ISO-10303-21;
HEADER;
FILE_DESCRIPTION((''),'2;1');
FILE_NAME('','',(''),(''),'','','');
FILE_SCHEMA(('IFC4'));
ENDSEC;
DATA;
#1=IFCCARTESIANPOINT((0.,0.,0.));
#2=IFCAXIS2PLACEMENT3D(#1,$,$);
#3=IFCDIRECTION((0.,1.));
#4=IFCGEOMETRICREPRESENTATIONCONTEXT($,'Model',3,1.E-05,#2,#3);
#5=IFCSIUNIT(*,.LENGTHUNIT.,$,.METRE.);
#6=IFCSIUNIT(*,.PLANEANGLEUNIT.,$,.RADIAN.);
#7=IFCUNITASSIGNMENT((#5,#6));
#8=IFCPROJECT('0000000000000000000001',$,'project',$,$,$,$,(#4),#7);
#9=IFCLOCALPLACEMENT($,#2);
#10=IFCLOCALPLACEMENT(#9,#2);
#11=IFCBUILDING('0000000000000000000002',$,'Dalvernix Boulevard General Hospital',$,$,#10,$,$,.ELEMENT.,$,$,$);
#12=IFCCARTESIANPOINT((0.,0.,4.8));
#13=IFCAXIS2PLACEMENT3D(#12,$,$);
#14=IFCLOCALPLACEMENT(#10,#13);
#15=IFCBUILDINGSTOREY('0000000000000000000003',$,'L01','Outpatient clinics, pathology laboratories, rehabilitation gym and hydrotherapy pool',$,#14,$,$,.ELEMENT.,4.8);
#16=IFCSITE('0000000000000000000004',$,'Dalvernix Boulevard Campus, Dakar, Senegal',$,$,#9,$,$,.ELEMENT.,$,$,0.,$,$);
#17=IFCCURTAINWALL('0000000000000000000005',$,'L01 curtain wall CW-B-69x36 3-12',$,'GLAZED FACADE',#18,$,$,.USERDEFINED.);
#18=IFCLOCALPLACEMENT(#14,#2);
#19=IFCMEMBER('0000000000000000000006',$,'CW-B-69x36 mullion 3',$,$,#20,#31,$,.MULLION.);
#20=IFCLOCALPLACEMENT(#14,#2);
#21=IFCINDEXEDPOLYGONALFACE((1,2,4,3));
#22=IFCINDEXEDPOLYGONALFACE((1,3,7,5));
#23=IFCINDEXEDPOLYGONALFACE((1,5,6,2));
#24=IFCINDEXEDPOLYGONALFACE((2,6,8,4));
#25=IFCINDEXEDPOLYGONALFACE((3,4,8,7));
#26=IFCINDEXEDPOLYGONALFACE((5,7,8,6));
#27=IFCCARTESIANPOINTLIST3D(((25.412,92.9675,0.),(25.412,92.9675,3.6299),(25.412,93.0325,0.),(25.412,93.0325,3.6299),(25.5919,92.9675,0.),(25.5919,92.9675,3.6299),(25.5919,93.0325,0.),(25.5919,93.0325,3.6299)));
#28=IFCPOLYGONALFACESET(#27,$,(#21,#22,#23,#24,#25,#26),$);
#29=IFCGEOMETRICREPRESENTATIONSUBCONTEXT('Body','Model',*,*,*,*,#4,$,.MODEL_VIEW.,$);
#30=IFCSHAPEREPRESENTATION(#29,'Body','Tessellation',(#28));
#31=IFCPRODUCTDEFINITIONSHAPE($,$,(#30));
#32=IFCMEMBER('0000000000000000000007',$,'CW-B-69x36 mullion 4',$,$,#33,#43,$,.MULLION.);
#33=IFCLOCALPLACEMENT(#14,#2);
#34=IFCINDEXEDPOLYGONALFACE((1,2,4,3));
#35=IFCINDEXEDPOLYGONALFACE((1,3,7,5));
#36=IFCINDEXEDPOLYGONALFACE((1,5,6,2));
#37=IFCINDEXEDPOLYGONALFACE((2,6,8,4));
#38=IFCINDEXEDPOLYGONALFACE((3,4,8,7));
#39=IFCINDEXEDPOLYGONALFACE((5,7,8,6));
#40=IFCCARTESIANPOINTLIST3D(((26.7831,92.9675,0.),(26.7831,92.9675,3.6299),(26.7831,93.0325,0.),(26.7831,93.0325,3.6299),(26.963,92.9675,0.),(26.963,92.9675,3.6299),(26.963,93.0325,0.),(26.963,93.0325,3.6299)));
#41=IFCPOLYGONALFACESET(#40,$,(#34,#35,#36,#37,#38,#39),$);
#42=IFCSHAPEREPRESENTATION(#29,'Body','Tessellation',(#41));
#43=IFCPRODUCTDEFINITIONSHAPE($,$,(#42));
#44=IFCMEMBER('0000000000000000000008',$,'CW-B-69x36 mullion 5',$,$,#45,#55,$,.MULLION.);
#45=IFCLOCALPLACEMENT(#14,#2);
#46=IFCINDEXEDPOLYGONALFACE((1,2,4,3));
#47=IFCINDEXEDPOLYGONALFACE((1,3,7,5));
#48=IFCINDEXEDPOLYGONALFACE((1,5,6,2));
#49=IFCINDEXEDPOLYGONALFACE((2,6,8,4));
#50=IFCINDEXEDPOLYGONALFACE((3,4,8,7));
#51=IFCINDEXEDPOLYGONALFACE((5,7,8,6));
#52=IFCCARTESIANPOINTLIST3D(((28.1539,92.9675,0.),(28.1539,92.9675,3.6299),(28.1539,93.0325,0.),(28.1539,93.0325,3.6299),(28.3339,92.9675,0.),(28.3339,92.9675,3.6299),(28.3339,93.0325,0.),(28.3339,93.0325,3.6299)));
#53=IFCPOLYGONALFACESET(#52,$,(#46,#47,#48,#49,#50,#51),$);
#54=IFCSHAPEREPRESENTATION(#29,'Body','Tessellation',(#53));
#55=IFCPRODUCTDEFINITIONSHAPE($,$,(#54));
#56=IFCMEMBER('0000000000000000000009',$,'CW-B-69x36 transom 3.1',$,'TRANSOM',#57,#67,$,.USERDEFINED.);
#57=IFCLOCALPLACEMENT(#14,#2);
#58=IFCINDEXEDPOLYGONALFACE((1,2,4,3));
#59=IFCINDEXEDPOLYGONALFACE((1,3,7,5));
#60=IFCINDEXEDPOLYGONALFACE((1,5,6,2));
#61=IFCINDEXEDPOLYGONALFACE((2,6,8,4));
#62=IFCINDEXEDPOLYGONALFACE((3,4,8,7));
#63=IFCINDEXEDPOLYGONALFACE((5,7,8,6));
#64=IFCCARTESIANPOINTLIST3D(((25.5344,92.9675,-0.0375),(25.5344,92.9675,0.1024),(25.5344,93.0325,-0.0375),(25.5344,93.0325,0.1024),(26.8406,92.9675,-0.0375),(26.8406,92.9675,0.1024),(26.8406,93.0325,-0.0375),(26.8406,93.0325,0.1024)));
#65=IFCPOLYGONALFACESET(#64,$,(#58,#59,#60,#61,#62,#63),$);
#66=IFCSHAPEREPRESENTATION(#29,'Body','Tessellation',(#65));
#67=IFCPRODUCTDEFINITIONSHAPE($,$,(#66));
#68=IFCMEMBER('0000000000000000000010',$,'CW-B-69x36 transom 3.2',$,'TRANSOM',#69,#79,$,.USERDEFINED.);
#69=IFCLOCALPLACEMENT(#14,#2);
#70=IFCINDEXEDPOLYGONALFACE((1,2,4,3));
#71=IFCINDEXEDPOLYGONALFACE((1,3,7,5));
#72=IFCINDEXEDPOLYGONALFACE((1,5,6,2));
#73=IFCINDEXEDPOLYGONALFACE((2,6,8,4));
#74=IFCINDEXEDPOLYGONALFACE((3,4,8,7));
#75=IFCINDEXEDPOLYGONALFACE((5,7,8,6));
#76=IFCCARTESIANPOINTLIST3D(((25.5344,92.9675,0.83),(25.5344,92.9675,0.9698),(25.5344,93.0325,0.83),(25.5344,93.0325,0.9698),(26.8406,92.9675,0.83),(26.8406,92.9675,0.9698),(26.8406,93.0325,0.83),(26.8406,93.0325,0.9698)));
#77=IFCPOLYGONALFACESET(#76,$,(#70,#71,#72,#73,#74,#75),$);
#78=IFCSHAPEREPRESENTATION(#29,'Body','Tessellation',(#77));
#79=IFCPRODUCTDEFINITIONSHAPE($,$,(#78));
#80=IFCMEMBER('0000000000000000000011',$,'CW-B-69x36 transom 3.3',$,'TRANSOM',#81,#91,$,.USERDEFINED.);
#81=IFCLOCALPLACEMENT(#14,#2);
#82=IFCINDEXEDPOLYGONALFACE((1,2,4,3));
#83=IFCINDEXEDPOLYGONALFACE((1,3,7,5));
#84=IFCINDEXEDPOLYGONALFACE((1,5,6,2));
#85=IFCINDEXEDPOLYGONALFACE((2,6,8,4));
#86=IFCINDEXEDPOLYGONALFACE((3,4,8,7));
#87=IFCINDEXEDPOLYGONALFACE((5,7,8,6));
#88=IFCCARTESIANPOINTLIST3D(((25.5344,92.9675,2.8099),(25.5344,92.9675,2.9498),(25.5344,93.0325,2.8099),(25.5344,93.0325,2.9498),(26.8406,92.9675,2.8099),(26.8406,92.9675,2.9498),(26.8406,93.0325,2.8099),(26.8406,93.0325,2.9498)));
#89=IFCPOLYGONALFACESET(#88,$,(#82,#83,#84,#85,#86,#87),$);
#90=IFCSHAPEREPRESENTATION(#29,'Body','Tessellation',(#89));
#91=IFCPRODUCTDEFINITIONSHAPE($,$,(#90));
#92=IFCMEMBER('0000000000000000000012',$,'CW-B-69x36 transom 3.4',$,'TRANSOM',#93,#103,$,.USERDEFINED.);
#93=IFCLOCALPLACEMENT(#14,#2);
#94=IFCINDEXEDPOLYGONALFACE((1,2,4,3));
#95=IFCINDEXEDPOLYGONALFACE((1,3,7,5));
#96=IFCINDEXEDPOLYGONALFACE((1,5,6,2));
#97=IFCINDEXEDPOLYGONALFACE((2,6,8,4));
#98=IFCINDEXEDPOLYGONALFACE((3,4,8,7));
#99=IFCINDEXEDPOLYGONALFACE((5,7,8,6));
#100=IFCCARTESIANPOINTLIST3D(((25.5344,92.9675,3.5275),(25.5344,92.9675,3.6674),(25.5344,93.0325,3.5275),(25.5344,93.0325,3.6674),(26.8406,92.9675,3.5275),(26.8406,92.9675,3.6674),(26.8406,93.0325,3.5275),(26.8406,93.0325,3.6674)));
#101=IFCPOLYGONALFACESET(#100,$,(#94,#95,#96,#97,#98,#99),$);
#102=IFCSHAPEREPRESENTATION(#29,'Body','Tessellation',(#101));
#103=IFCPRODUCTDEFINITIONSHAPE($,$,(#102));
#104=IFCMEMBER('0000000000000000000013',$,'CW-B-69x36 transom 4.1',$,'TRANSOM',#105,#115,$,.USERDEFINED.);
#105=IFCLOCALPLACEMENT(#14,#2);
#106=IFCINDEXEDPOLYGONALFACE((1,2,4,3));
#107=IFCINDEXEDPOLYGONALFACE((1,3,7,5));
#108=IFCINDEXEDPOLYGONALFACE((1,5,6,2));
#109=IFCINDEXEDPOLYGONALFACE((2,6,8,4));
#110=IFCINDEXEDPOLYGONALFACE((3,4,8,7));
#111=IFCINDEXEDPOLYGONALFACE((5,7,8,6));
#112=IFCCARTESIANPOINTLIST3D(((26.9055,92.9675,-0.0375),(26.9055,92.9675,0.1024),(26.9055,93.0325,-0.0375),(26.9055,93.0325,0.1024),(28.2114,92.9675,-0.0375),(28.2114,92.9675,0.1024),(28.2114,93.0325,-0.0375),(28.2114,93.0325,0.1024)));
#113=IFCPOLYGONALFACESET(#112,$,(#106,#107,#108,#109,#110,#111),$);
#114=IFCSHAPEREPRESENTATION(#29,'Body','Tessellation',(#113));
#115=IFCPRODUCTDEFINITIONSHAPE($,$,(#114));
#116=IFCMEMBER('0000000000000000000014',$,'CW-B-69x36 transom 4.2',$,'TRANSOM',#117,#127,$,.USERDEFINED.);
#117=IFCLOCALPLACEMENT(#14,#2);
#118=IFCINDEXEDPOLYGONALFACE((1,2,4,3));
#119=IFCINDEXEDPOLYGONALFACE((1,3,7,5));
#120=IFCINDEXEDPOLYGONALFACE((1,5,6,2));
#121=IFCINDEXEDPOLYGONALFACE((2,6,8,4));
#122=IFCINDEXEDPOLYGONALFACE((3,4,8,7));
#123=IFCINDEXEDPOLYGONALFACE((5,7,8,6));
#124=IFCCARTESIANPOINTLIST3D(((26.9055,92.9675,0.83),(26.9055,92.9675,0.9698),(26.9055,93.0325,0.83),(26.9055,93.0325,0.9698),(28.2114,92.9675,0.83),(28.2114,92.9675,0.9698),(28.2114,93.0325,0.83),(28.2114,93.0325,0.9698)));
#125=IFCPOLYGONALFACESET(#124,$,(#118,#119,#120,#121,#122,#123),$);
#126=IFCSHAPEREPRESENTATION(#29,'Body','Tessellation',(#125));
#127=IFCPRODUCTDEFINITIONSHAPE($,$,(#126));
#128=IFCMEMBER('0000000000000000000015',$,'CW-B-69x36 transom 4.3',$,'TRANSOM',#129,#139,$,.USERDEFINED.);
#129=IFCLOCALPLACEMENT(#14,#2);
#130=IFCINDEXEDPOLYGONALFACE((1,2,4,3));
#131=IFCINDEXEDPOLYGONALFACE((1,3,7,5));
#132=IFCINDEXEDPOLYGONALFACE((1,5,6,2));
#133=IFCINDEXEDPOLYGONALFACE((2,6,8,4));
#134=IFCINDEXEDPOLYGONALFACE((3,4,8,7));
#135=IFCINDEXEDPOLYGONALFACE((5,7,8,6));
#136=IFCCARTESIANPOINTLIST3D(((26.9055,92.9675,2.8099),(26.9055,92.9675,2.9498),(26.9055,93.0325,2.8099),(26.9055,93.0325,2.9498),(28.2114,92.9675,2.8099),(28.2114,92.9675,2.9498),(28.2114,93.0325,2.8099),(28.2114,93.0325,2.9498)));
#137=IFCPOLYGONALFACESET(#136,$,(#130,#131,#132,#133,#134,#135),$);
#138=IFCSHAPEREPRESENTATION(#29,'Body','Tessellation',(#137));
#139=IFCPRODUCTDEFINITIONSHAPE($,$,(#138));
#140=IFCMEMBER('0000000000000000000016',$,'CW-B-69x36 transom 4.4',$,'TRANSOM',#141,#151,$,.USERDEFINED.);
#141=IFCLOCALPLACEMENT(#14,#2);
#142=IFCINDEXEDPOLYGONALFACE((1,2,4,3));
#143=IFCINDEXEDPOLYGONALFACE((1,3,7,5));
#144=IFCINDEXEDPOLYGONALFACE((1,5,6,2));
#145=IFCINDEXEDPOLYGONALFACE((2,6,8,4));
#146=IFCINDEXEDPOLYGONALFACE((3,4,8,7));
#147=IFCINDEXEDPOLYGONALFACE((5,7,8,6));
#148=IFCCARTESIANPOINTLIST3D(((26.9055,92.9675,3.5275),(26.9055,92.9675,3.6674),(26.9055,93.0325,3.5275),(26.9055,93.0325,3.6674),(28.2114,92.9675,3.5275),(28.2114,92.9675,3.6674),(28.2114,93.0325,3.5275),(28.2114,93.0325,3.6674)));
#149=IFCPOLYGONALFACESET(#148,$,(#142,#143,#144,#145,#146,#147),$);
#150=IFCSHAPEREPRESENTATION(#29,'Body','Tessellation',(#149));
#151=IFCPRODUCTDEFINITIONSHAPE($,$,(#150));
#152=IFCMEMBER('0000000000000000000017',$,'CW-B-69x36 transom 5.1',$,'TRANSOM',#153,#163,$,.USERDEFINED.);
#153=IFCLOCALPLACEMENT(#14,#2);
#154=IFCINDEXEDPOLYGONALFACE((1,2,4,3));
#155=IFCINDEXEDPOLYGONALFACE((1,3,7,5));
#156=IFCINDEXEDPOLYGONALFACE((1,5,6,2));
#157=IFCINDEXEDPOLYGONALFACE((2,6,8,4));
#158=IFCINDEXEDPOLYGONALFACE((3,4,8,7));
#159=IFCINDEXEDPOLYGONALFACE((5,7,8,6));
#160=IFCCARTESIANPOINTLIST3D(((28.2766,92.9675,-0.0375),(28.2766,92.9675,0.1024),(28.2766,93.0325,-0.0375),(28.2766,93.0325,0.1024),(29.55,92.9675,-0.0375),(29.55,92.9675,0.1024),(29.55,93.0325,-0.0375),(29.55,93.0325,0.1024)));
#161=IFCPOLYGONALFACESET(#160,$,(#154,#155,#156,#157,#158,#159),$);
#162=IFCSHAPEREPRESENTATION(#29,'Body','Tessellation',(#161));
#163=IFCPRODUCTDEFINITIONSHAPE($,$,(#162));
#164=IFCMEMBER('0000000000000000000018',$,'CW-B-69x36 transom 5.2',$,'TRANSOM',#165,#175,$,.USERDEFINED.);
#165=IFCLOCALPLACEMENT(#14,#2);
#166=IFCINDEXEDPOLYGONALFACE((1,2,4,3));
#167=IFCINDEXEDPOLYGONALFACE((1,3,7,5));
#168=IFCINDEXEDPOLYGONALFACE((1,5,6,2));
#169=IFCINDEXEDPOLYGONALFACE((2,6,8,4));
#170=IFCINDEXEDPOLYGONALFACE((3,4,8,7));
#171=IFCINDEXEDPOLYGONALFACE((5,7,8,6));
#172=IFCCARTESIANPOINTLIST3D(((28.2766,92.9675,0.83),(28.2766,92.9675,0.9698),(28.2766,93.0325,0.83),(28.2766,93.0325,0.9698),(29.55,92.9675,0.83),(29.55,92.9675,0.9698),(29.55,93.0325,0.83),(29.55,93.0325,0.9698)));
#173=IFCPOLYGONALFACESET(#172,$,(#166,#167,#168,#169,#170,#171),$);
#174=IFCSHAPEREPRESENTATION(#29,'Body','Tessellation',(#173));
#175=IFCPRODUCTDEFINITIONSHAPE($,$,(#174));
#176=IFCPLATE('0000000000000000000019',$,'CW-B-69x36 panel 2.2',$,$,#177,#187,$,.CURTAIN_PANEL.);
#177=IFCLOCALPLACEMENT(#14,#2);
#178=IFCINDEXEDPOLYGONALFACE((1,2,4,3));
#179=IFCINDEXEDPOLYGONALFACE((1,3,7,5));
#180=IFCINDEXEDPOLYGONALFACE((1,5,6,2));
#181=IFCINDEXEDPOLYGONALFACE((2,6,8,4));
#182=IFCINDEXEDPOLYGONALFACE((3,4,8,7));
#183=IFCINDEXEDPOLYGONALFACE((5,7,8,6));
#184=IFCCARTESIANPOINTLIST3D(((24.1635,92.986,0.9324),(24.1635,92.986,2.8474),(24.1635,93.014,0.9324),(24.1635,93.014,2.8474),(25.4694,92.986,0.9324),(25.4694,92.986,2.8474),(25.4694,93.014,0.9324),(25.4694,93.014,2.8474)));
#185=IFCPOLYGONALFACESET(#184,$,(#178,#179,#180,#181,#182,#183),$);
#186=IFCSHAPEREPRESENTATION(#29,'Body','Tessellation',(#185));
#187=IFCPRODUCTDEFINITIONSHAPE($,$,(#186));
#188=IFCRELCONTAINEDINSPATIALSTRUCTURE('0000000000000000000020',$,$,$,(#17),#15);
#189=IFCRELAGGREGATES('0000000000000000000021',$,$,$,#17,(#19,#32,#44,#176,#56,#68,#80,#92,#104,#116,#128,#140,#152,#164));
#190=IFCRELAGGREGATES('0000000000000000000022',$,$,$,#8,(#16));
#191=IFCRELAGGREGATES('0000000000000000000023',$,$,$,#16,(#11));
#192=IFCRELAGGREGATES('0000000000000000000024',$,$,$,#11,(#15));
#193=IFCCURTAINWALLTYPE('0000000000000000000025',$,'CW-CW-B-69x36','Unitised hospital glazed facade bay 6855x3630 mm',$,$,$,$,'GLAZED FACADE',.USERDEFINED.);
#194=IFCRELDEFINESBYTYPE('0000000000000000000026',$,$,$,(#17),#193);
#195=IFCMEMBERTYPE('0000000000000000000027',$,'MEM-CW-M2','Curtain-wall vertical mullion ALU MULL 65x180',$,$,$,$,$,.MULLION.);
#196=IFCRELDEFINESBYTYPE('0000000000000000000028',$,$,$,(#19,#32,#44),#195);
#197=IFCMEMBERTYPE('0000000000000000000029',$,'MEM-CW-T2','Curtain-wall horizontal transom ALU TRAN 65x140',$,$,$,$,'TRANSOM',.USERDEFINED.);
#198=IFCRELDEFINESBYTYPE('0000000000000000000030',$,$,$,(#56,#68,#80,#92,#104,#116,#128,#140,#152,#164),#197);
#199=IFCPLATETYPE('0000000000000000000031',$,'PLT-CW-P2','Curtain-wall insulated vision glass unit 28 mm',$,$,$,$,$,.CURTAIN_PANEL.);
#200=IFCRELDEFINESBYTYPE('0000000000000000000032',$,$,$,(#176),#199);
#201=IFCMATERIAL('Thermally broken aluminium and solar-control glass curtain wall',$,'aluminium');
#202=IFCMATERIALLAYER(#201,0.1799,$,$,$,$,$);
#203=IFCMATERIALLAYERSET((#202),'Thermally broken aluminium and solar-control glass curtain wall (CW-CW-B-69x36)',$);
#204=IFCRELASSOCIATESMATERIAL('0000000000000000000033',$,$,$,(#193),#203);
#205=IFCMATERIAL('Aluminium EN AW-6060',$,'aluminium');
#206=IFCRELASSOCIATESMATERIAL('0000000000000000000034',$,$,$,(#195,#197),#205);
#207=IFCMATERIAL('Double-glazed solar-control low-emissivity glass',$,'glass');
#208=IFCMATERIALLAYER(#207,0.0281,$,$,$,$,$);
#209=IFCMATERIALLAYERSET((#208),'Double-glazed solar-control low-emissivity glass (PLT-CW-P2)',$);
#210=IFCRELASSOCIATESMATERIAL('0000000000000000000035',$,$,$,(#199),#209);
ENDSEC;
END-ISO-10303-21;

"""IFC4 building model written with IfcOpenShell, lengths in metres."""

from ifc_helpers import new_model, si_unit, direction, frame, origin, origin_2d, place, context, subcontext, project, spatial, rectangle, extrude, material, layer, layer_set, material_profile, profile_set, type_object, element, aggregate, save


model = new_model("IFC4")

# Units and contexts
model_context = context("Model", 3, precision=1e-05, world=origin(), true_north=direction((0.0, 1.0)))
body_context = subcontext(model_context, "Body", "Model", "MODEL_VIEW")
ifc_project = project(units=[si_unit("LENGTHUNIT", "METRE"), si_unit("PLANEANGLEUNIT", "RADIAN")], contexts=[model_context])

# Site, building, storey
site_placement = place(None, origin())
site = spatial("IfcSite", under=ifc_project, at=site_placement, Name="Dalvernix Boulevard Campus, Dakar, Senegal", CompositionType="ELEMENT", RefElevation=0.0)
building_placement = place(site_placement, origin())
building = spatial("IfcBuilding", under=site, at=building_placement, Name="Dalvernix Boulevard General Hospital", CompositionType="ELEMENT")
storey_placement = place(building_placement, frame((0.0, 0.0, 4.8)))
storey = spatial("IfcBuildingStorey", under=building, at=storey_placement, Name="L01", Description="Outpatient clinics, pathology laboratories, rehabilitation gym and hydrotherapy pool", CompositionType="ELEMENT", Elevation=4.8)

# Curtain wall, members, plate
ifc_material_1 = material(Name="Thermally broken aluminium and solar-control glass curtain wall", Category="aluminium")
ifc_layer_1 = layer(ifc_material_1, 0.1799)
ifc_layer_set_1 = layer_set([ifc_layer_1], Name="Thermally broken aluminium and solar-control glass curtain wall (CW-CW-B-69x36)")
curtain_wall_type = type_object("IfcCurtainWallType", Name="CW-CW-B-69x36", Description="Unitised hospital glazed facade bay 6855x3630 mm", ElementType="GLAZED FACADE", PredefinedType="USERDEFINED", material=ifc_layer_set_1)
curtain_wall_placement = place(storey_placement, origin())
curtain_wall = element("IfcCurtainWall", 1, at=curtain_wall_placement, inside=storey, type_object=curtain_wall_type, Name="L01 curtain wall CW-B-69x36 3-12", ObjectType="GLAZED FACADE", PredefinedType="USERDEFINED")
ifc_material_2 = material(Name="Aluminium EN AW-6060", Category="aluminium")
ifc_material_profile_1 = material_profile(ifc_material_2, rectangle(XDim=0.0649, YDim=0.1799, at=origin_2d()), Name="ALU MULL 65x180")
ifc_profile_set_1 = profile_set([ifc_material_profile_1], Name="Aluminium EN AW-6060")
member_type_1 = type_object("IfcMemberType", Name="MEM-CW-M2", Description="Curtain-wall vertical mullion ALU MULL 65x180", PredefinedType="MULLION", material=ifc_profile_set_1)
member_1_placement = place(storey_placement, frame((25.502, 93.0, 0.0), z_axis=(0.0, 0.0, 1.0), x_axis=(0.0, 1.0, 0.0)))
member_1 = element("IfcMember", 2, at=member_1_placement, type_object=member_type_1, Name="CW-B-69x36 mullion 3", PredefinedType="MULLION", context=body_context, shape_type="SweptSolid", body=[
    extrude(rectangle(XDim=0.0649, YDim=0.1799, at=origin_2d()), origin(), (0.0, 0.0, 1.0), 3.6299),
])
member_2_placement = place(storey_placement, frame((26.873, 93.0, 0.0), z_axis=(0.0, 0.0, 1.0), x_axis=(0.0, 1.0, 0.0)))
member_2 = element("IfcMember", 3, at=member_2_placement, type_object=member_type_1, Name="CW-B-69x36 mullion 4", PredefinedType="MULLION", context=body_context, shape_type="SweptSolid", body=[
    extrude(rectangle(XDim=0.0649, YDim=0.1799, at=origin_2d()), origin(), (0.0, 0.0, 1.0), 3.6299),
])
member_3_placement = place(storey_placement, frame((28.2439, 93.0, 0.0), z_axis=(0.0, 0.0, 1.0), x_axis=(0.0, 1.0, 0.0)))
member_3 = element("IfcMember", 4, at=member_3_placement, type_object=member_type_1, Name="CW-B-69x36 mullion 5", PredefinedType="MULLION", context=body_context, shape_type="SweptSolid", body=[
    extrude(rectangle(XDim=0.0649, YDim=0.1799, at=origin_2d()), origin(), (0.0, 0.0, 1.0), 3.6299),
])
ifc_material_profile_2 = material_profile(ifc_material_2, rectangle(XDim=0.0649, YDim=0.1399, at=origin_2d()), Name="ALU TRAN 65x140")
ifc_profile_set_2 = profile_set([ifc_material_profile_2], Name="Aluminium EN AW-6060")
member_type_2 = type_object("IfcMemberType", Name="MEM-CW-T2", Description="Curtain-wall horizontal transom ALU TRAN 65x140", ElementType="TRANSOM", PredefinedType="USERDEFINED", material=ifc_profile_set_2)
member_4_placement = place(storey_placement, frame((25.5344, 93.0, 0.0325), z_axis=(1.0, 0.0, 0.0), x_axis=(0.0, 1.0, 0.0)))
member_4 = element("IfcMember", 5, at=member_4_placement, type_object=member_type_2, Name="CW-B-69x36 transom 3.1", ObjectType="TRANSOM", PredefinedType="USERDEFINED", context=body_context, shape_type="SweptSolid", body=[
    extrude(rectangle(XDim=0.0649, YDim=0.1399, at=origin_2d()), origin(), (0.0, 0.0, 1.0), 1.3062),
])
member_5_placement = place(storey_placement, frame((25.5344, 93.0, 0.8999), z_axis=(1.0, 0.0, 0.0), x_axis=(0.0, 1.0, 0.0)))
member_5 = element("IfcMember", 6, at=member_5_placement, type_object=member_type_2, Name="CW-B-69x36 transom 3.2", ObjectType="TRANSOM", PredefinedType="USERDEFINED", context=body_context, shape_type="SweptSolid", body=[
    extrude(rectangle(XDim=0.0649, YDim=0.1399, at=origin_2d()), origin(), (0.0, 0.0, 1.0), 1.3062),
])
member_6_placement = place(storey_placement, frame((25.5344, 93.0, 2.8799), z_axis=(1.0, 0.0, 0.0), x_axis=(0.0, 1.0, 0.0)))
member_6 = element("IfcMember", 7, at=member_6_placement, type_object=member_type_2, Name="CW-B-69x36 transom 3.3", ObjectType="TRANSOM", PredefinedType="USERDEFINED", context=body_context, shape_type="SweptSolid", body=[
    extrude(rectangle(XDim=0.0649, YDim=0.1399, at=origin_2d()), origin(), (0.0, 0.0, 1.0), 1.3062),
])
member_7_placement = place(storey_placement, frame((25.5344, 93.0, 3.5974), z_axis=(1.0, 0.0, 0.0), x_axis=(0.0, 1.0, 0.0)))
member_7 = element("IfcMember", 8, at=member_7_placement, type_object=member_type_2, Name="CW-B-69x36 transom 3.4", ObjectType="TRANSOM", PredefinedType="USERDEFINED", context=body_context, shape_type="SweptSolid", body=[
    extrude(rectangle(XDim=0.0649, YDim=0.1399, at=origin_2d()), origin(), (0.0, 0.0, 1.0), 1.3062),
])
member_8_placement = place(storey_placement, frame((26.9055, 93.0, 0.0325), z_axis=(1.0, 0.0, 0.0), x_axis=(0.0, 1.0, 0.0)))
member_8 = element("IfcMember", 9, at=member_8_placement, type_object=member_type_2, Name="CW-B-69x36 transom 4.1", ObjectType="TRANSOM", PredefinedType="USERDEFINED", context=body_context, shape_type="SweptSolid", body=[
    extrude(rectangle(XDim=0.0649, YDim=0.1399, at=origin_2d()), origin(), (0.0, 0.0, 1.0), 1.3059),
])
member_9_placement = place(storey_placement, frame((26.9055, 93.0, 0.8999), z_axis=(1.0, 0.0, 0.0), x_axis=(0.0, 1.0, 0.0)))
member_9 = element("IfcMember", 10, at=member_9_placement, type_object=member_type_2, Name="CW-B-69x36 transom 4.2", ObjectType="TRANSOM", PredefinedType="USERDEFINED", context=body_context, shape_type="SweptSolid", body=[
    extrude(rectangle(XDim=0.0649, YDim=0.1399, at=origin_2d()), origin(), (0.0, 0.0, 1.0), 1.3059),
])
member_10_placement = place(storey_placement, frame((26.9055, 93.0, 2.8799), z_axis=(1.0, 0.0, 0.0), x_axis=(0.0, 1.0, 0.0)))
member_10 = element("IfcMember", 11, at=member_10_placement, type_object=member_type_2, Name="CW-B-69x36 transom 4.3", ObjectType="TRANSOM", PredefinedType="USERDEFINED", context=body_context, shape_type="SweptSolid", body=[
    extrude(rectangle(XDim=0.0649, YDim=0.1399, at=origin_2d()), origin(), (0.0, 0.0, 1.0), 1.3059),
])
member_11_placement = place(storey_placement, frame((26.9055, 93.0, 3.5974), z_axis=(1.0, 0.0, 0.0), x_axis=(0.0, 1.0, 0.0)))
member_11 = element("IfcMember", 12, at=member_11_placement, type_object=member_type_2, Name="CW-B-69x36 transom 4.4", ObjectType="TRANSOM", PredefinedType="USERDEFINED", context=body_context, shape_type="SweptSolid", body=[
    extrude(rectangle(XDim=0.0649, YDim=0.1399, at=origin_2d()), origin(), (0.0, 0.0, 1.0), 1.3059),
])
member_12_placement = place(storey_placement, frame((28.2766, 93.0, 0.0325), z_axis=(1.0, 0.0, 0.0), x_axis=(0.0, 1.0, 0.0)))
member_12 = element("IfcMember", 13, at=member_12_placement, type_object=member_type_2, Name="CW-B-69x36 transom 5.1", ObjectType="TRANSOM", PredefinedType="USERDEFINED", context=body_context, shape_type="SweptSolid", body=[
    extrude(rectangle(XDim=0.0649, YDim=0.1399, at=origin_2d()), origin(), (0.0, 0.0, 1.0), 1.2734),
])
member_13_placement = place(storey_placement, frame((28.2766, 93.0, 0.8999), z_axis=(1.0, 0.0, 0.0), x_axis=(0.0, 1.0, 0.0)))
member_13 = element("IfcMember", 14, at=member_13_placement, type_object=member_type_2, Name="CW-B-69x36 transom 5.2", ObjectType="TRANSOM", PredefinedType="USERDEFINED", context=body_context, shape_type="SweptSolid", body=[
    extrude(rectangle(XDim=0.0649, YDim=0.1399, at=origin_2d()), origin(), (0.0, 0.0, 1.0), 1.2734),
])
ifc_material_3 = material(Name="Double-glazed solar-control low-emissivity glass", Category="glass")
ifc_layer_2 = layer(ifc_material_3, 0.0281)
ifc_layer_set_2 = layer_set([ifc_layer_2], Name="Double-glazed solar-control low-emissivity glass (PLT-CW-P2)")
plate_type = type_object("IfcPlateType", Name="PLT-CW-P2", Description="Curtain-wall insulated vision glass unit 28 mm", PredefinedType="CURTAIN_PANEL", material=ifc_layer_set_2)
plate_1_placement = place(storey_placement, frame((24.8164, 93.0, 0.9324), z_axis=(0.0, 0.0, 1.0), x_axis=(1.0, 0.0, 0.0)))
plate_1 = element("IfcPlate", 15, at=plate_1_placement, type_object=plate_type, Name="CW-B-69x36 panel 2.2", PredefinedType="CURTAIN_PANEL", context=body_context, shape_type="SweptSolid", body=[
    extrude(rectangle(XDim=1.3059, YDim=0.0281, at=origin_2d()), origin(), (0.0, 0.0, 1.0), 1.915),
])
aggregate(curtain_wall, [member_1, member_2, member_3, plate_1, member_4, member_5, member_6, member_7, member_8, member_9, member_10, member_11, member_12, member_13])

save(model, "model.ifc")
